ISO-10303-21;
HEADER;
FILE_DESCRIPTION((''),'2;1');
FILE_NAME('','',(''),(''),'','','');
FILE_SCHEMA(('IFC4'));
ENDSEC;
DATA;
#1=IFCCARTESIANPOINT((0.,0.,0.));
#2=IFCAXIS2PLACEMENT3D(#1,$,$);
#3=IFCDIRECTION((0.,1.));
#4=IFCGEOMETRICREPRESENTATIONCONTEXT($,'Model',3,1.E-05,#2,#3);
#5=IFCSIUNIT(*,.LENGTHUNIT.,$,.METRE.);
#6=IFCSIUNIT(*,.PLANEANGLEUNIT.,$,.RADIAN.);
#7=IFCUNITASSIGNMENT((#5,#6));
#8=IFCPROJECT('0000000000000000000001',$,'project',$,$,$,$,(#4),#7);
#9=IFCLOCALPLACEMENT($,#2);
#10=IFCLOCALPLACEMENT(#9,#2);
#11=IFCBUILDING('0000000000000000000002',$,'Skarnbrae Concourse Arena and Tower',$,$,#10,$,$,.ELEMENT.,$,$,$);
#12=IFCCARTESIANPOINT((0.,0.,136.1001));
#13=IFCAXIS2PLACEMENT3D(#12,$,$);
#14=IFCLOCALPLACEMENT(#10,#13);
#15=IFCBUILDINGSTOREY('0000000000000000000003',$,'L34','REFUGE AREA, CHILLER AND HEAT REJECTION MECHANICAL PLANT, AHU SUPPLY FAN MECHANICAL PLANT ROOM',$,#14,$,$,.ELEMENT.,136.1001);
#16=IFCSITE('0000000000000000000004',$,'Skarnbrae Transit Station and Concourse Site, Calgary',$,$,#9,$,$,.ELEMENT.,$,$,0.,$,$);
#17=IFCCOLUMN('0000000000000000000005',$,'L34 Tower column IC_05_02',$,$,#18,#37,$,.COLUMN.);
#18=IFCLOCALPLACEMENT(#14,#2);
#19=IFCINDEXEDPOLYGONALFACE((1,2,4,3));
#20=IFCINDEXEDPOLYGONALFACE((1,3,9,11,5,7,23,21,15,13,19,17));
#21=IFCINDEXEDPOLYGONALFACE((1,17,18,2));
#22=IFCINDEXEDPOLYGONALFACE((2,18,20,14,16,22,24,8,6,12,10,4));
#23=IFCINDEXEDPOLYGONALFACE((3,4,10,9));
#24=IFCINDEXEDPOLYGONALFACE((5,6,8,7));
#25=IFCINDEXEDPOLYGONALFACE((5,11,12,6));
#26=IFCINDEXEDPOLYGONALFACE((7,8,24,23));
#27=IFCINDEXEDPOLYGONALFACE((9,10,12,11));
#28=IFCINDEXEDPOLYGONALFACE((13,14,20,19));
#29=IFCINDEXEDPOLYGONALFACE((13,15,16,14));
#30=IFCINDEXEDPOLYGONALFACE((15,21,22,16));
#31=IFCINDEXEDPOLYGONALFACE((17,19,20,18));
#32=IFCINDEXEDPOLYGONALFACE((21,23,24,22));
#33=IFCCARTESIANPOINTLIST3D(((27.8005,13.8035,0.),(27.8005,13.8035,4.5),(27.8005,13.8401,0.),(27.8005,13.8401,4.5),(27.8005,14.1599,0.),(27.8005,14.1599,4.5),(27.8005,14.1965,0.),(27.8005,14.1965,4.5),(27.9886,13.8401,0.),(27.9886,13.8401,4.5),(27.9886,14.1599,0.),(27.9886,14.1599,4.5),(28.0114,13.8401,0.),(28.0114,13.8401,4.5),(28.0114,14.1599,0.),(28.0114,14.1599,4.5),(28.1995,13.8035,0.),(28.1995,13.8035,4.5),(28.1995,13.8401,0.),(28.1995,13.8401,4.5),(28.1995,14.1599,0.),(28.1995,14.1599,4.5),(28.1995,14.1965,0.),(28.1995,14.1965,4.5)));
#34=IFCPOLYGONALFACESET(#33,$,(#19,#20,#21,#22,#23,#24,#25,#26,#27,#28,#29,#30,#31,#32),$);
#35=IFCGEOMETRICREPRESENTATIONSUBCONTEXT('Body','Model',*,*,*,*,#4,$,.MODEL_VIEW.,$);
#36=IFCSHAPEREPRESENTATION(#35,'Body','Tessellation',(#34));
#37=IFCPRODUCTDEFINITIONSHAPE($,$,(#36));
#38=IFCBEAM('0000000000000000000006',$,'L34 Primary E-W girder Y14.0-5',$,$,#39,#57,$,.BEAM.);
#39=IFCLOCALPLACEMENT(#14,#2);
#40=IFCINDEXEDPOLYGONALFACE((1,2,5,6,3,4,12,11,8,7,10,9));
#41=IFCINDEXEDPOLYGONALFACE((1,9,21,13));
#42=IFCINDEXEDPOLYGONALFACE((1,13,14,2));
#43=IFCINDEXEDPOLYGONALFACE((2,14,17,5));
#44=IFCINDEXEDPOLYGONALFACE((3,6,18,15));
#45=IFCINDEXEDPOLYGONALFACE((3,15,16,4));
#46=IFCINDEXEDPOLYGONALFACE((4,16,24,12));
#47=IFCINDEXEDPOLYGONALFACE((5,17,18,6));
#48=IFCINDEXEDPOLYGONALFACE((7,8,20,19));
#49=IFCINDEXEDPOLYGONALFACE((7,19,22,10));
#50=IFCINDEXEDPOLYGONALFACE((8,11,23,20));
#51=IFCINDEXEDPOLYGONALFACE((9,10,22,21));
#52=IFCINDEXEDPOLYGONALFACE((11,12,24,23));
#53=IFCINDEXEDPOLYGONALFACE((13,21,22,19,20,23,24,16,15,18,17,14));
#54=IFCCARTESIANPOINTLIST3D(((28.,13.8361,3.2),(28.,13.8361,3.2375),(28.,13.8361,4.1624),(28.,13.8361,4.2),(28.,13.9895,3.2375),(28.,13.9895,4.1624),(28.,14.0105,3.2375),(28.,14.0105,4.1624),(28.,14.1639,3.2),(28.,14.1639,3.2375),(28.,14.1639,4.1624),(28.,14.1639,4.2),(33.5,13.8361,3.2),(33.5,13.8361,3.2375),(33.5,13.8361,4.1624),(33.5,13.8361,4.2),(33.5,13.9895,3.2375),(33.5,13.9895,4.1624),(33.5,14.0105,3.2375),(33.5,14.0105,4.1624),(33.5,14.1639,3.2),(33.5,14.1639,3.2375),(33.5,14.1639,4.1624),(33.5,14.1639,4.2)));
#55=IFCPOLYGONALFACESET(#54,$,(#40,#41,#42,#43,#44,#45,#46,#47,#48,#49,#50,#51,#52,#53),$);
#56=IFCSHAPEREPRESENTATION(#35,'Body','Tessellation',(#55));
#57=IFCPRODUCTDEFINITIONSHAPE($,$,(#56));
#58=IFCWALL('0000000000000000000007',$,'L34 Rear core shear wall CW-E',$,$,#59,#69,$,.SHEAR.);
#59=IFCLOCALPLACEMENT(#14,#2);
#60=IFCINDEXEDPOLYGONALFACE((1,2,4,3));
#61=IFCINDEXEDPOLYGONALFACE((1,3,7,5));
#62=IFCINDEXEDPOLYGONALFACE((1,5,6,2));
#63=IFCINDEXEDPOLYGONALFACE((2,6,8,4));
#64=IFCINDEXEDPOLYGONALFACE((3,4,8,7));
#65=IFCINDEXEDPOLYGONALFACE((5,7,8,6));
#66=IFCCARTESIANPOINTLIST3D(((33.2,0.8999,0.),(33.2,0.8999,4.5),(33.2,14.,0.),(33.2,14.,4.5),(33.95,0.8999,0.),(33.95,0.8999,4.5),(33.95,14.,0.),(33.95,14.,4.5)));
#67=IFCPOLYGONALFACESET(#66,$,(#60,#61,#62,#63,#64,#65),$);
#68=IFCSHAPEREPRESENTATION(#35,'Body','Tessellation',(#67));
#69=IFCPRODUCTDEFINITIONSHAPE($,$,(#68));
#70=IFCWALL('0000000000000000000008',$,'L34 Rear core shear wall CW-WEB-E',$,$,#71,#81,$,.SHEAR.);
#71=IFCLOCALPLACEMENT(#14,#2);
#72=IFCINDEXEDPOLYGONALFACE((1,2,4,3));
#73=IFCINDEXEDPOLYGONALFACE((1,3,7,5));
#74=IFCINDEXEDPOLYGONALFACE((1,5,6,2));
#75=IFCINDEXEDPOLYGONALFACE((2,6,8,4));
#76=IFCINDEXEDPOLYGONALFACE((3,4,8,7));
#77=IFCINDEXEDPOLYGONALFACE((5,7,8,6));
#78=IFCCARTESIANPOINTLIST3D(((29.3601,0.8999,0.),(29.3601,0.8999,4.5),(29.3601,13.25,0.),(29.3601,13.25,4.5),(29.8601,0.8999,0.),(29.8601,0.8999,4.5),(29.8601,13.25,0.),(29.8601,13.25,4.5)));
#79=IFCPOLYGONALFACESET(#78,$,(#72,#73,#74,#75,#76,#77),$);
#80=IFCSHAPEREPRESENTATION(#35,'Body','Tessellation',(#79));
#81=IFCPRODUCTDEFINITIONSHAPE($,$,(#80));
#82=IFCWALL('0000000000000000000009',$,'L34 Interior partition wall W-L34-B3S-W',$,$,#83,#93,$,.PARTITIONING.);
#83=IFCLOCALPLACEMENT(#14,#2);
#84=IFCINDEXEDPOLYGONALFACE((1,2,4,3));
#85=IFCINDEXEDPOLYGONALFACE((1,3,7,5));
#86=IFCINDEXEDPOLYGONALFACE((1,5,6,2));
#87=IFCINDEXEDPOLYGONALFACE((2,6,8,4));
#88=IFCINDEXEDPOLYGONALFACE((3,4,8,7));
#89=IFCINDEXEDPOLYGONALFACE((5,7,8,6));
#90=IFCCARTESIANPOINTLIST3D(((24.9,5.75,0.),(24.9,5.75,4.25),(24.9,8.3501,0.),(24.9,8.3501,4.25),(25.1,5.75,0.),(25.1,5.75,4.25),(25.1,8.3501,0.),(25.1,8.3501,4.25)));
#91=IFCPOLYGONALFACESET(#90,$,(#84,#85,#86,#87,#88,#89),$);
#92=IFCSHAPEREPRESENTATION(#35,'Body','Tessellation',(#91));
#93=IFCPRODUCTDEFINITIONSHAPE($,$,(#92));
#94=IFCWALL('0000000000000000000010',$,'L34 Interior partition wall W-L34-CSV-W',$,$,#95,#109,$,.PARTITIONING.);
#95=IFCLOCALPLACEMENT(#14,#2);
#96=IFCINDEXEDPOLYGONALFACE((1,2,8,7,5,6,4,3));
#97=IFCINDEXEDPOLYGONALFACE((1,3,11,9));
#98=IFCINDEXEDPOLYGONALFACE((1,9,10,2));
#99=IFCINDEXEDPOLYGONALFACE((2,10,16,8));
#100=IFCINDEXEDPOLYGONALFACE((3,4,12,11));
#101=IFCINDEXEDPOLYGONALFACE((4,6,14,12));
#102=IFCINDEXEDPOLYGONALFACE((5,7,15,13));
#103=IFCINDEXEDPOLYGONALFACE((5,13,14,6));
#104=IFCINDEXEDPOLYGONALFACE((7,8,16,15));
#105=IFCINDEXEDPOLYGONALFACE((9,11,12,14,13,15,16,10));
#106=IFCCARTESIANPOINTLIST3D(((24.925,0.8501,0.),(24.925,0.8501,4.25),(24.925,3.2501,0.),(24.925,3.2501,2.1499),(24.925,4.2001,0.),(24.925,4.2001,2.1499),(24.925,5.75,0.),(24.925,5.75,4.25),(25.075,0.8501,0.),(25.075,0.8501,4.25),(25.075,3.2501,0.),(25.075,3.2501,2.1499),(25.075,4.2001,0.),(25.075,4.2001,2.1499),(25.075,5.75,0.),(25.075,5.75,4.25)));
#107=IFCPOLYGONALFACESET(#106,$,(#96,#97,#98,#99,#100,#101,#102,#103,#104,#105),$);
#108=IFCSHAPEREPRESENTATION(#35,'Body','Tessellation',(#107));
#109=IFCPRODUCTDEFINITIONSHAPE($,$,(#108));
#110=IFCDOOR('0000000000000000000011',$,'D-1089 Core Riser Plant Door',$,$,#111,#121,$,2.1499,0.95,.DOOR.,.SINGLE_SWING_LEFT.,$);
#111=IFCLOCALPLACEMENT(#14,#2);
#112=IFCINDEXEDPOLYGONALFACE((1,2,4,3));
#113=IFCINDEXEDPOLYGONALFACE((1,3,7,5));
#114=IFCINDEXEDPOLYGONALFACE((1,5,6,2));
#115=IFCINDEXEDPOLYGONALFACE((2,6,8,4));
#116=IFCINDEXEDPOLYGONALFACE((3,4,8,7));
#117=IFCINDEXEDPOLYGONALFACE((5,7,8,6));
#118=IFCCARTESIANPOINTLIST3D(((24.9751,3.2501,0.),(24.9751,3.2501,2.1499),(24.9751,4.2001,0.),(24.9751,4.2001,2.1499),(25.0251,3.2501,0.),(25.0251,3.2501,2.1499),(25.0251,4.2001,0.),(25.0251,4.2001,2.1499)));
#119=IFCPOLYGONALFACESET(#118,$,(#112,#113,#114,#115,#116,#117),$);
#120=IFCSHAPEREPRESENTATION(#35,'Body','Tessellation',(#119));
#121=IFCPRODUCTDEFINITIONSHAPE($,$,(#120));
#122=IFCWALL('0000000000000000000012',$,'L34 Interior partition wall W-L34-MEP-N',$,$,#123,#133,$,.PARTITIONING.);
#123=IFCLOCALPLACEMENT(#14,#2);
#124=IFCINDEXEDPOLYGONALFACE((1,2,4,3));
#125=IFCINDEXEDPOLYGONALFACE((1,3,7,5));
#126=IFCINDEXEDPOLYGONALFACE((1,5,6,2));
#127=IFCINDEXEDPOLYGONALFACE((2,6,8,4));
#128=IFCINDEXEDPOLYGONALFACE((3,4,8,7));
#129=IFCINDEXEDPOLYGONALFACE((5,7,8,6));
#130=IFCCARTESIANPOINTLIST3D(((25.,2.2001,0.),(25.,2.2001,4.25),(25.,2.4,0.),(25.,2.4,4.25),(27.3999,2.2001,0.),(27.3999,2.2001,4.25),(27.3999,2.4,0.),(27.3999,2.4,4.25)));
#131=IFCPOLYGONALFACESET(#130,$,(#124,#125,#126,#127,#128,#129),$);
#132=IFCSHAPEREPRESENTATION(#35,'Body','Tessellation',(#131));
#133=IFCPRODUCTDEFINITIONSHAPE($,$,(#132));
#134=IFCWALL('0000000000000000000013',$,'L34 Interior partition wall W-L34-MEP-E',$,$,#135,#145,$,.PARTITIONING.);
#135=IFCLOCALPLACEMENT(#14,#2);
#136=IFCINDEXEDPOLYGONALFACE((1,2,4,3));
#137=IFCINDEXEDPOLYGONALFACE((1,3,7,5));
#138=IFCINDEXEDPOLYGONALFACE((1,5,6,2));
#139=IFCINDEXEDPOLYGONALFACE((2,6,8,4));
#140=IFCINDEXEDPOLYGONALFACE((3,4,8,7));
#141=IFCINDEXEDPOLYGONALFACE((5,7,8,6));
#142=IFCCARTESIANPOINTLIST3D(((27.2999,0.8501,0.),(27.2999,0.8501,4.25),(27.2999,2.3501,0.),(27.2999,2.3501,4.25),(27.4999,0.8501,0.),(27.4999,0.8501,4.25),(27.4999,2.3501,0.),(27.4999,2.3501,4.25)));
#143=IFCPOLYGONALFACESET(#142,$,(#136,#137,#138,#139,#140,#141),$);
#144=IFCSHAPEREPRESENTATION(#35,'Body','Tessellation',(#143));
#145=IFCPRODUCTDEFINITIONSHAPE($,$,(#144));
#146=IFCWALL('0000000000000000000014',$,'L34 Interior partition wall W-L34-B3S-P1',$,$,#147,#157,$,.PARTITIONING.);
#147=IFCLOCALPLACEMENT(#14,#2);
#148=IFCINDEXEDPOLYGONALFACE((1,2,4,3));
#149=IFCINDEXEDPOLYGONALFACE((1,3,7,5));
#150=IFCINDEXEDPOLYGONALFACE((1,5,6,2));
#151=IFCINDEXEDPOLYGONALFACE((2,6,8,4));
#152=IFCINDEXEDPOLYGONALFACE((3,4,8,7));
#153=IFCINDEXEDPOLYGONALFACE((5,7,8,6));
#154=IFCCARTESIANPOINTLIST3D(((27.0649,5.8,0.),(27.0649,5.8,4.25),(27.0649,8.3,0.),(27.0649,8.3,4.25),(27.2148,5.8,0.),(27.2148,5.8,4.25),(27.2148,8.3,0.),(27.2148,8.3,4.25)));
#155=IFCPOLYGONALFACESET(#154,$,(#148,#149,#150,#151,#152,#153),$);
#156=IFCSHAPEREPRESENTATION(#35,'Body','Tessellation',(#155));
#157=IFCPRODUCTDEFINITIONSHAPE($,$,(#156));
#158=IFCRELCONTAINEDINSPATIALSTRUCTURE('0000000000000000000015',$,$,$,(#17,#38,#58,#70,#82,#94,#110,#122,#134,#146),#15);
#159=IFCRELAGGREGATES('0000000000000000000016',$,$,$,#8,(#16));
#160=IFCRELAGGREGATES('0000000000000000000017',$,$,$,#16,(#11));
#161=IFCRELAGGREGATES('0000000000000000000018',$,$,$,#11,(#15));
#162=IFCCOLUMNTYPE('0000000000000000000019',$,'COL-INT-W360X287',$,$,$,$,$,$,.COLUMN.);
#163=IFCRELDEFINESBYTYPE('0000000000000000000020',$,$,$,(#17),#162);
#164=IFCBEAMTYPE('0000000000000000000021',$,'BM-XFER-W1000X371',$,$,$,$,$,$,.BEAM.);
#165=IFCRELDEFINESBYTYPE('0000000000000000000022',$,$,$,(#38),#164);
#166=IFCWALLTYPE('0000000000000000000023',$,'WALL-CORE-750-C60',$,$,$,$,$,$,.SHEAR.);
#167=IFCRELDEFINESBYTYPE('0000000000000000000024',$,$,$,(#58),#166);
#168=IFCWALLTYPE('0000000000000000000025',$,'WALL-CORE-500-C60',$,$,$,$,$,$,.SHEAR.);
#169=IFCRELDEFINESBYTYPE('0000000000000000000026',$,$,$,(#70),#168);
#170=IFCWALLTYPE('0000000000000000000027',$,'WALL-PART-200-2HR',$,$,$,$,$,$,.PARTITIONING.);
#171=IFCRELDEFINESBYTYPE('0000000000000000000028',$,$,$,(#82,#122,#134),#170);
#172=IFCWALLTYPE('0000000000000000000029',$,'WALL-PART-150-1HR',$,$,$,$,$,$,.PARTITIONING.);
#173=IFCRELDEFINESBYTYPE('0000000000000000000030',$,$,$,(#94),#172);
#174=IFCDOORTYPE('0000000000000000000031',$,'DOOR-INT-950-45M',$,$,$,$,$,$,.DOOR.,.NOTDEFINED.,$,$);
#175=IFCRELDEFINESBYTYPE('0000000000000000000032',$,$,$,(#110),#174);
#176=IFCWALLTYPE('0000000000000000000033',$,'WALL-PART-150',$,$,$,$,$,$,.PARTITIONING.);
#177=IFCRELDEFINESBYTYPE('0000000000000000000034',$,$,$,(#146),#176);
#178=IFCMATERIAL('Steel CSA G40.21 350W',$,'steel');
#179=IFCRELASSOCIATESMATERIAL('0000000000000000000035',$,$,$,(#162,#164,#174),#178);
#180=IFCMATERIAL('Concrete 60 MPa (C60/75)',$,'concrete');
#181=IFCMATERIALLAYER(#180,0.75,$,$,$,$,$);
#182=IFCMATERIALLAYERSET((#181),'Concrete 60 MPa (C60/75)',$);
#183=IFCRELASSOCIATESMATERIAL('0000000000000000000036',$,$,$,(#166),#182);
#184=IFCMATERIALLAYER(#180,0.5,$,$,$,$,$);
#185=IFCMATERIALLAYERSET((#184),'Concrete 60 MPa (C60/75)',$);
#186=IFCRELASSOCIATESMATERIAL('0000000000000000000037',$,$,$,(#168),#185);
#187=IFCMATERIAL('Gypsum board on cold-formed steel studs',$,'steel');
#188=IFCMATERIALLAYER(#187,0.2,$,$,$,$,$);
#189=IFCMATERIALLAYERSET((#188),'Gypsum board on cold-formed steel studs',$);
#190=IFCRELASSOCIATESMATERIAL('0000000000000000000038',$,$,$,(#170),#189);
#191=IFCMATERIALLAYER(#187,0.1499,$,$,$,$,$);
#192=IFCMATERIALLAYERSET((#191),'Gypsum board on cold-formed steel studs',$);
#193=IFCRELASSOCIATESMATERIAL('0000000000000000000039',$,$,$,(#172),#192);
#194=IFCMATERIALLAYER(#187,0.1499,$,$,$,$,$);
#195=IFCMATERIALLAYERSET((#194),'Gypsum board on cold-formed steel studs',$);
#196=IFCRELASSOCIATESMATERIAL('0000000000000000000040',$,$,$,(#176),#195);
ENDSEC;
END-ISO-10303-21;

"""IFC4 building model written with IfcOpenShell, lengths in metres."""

from ifc_helpers import new_model, si_unit, direction, frame, frame_2d, origin, origin_2d, place, context, subcontext, project, spatial, rectangle, i_section, extrude, source, transform, mapped, material, layer, layer_set, material_profile, profile_set, type_object, element, fill, save


model = new_model("IFC4")

# Units and contexts
model_context = context("Model", 3, precision=1e-05, world=origin(), true_north=direction((0.0, 1.0)))
body_context = subcontext(model_context, "Body", "Model", "MODEL_VIEW")
ifc_project = project(units=[si_unit("LENGTHUNIT", "METRE"), si_unit("PLANEANGLEUNIT", "RADIAN")], contexts=[model_context])

# Site, building, storey
site_placement = place(None, origin())
site = spatial("IfcSite", under=ifc_project, at=site_placement, Name="Skarnbrae Transit Station and Concourse Site, Calgary", CompositionType="ELEMENT", RefElevation=0.0)
building_placement = place(site_placement, origin())
building = spatial("IfcBuilding", under=site, at=building_placement, Name="Skarnbrae Concourse Arena and Tower", CompositionType="ELEMENT")
storey_placement = place(building_placement, frame((0.0, 0.0, 136.1001)))
storey = spatial("IfcBuildingStorey", under=building, at=storey_placement, Name="L34", Description="REFUGE AREA, CHILLER AND HEAT REJECTION MECHANICAL PLANT, AHU SUPPLY FAN MECHANICAL PLANT ROOM", CompositionType="ELEMENT", Elevation=136.1001)

# Column
ifc_material_1 = material(Name="Steel CSA G40.21 350W", Category="steel")
ifc_material_profile_1 = material_profile(ifc_material_1, i_section(OverallWidth=0.3989, OverallDepth=0.3931, WebThickness=0.0227, FlangeThickness=0.0366, at=origin_2d()), Name="W360X287")
ifc_profile_set_1 = profile_set([ifc_material_profile_1], Name="Steel CSA G40.21 350W")
column_type = type_object("IfcColumnType", Name="COL-INT-W360X287", PredefinedType="COLUMN", material=ifc_profile_set_1)
shared_shape_1 = source(origin(), body_context, "Body", "SweptSolid", [
    extrude(i_section(OverallWidth=0.3989, OverallDepth=0.3931, WebThickness=0.0227, FlangeThickness=0.0366, at=origin_2d()), origin(), (0.0, 0.0, 1.0), 4.5),
])
column_placement = place(storey_placement, frame((28.0, 14.0, 0.0), z_axis=(0.0, 0.0, 1.0), x_axis=(1.0, 0.0, 0.0)))
element("IfcColumn", 1, at=column_placement, inside=storey, type_object=column_type, Name="L34 Tower column IC_05_02", PredefinedType="COLUMN", context=body_context, shape_type="MappedRepresentation", body=[
    mapped(shared_shape_1, transform((0.0, 0.0, 0.0))),
])

# Beam
ifc_material_profile_2 = material_profile(ifc_material_1, i_section(OverallWidth=0.3279, OverallDepth=1.0, WebThickness=0.021, FlangeThickness=0.0376, at=origin_2d()), Name="W1000X371")
ifc_profile_set_2 = profile_set([ifc_material_profile_2], Name="Steel CSA G40.21 350W")
beam_type = type_object("IfcBeamType", Name="BM-XFER-W1000X371", PredefinedType="BEAM", material=ifc_profile_set_2)
shared_shape_2 = source(origin(), body_context, "Body", "SweptSolid", [
    extrude(i_section(OverallWidth=0.3279, OverallDepth=1.0, WebThickness=0.021, FlangeThickness=0.0376, at=origin_2d()), origin(), (0.0, 0.0, 1.0), 5.5),
])
beam_placement = place(storey_placement, frame((28.0, 14.0, 3.7), z_axis=(1.0, 0.0, 0.0), x_axis=(0.0, 1.0, 0.0)))
element("IfcBeam", 2, at=beam_placement, inside=storey, type_object=beam_type, Name="L34 Primary E-W girder Y14.0-5", PredefinedType="BEAM", context=body_context, shape_type="MappedRepresentation", body=[
    mapped(shared_shape_2, transform((0.0, 0.0, 0.0))),
])

# Walls
ifc_material_2 = material(Name="Concrete 60 MPa (C60/75)", Category="concrete")
ifc_layer_1 = layer(ifc_material_2, 0.75)
ifc_layer_set_1 = layer_set([ifc_layer_1], Name="Concrete 60 MPa (C60/75)")
wall_type_1 = type_object("IfcWallType", Name="WALL-CORE-750-C60", PredefinedType="SHEAR", material=ifc_layer_set_1)
shared_shape_3 = source(origin(), body_context, "Body", "SweptSolid", [
    extrude(rectangle(XDim=13.1001, YDim=0.75, at=frame_2d((6.55, 0.0))), origin(), (0.0, 0.0, 1.0), 4.5),
])
wall_1_placement = place(storey_placement, frame((33.575, 0.8999, 0.0), z_axis=(0.0, 0.0, 1.0), x_axis=(0.0, 1.0, 0.0)))
element("IfcWall", 3, at=wall_1_placement, inside=storey, type_object=wall_type_1, Name="L34 Rear core shear wall CW-E", PredefinedType="SHEAR", context=body_context, shape_type="MappedRepresentation", body=[
    mapped(shared_shape_3, transform((0.0, 0.0, 0.0))),
])
ifc_layer_2 = layer(ifc_material_2, 0.5)
ifc_layer_set_2 = layer_set([ifc_layer_2], Name="Concrete 60 MPa (C60/75)")
wall_type_2 = type_object("IfcWallType", Name="WALL-CORE-500-C60", PredefinedType="SHEAR", material=ifc_layer_set_2)
shared_shape_4 = source(origin(), body_context, "Body", "SweptSolid", [
    extrude(rectangle(XDim=12.3501, YDim=0.5, at=frame_2d((6.175, 0.0))), origin(), (0.0, 0.0, 1.0), 4.5),
])
wall_2_placement = place(storey_placement, frame((29.6101, 0.8999, 0.0), z_axis=(0.0, 0.0, 1.0), x_axis=(0.0, 1.0, 0.0)))
element("IfcWall", 4, at=wall_2_placement, inside=storey, type_object=wall_type_2, Name="L34 Rear core shear wall CW-WEB-E", PredefinedType="SHEAR", context=body_context, shape_type="MappedRepresentation", body=[
    mapped(shared_shape_4, transform((0.0, 0.0, 0.0))),
])

# Wall
ifc_material_3 = material(Name="Gypsum board on cold-formed steel studs", Category="steel")
ifc_layer_3 = layer(ifc_material_3, 0.2)
ifc_layer_set_3 = layer_set([ifc_layer_3], Name="Gypsum board on cold-formed steel studs")
wall_type_3 = type_object("IfcWallType", Name="WALL-PART-200-2HR", PredefinedType="PARTITIONING", material=ifc_layer_set_3)
shared_shape_5 = source(origin(), body_context, "Body", "SweptSolid", [
    extrude(rectangle(XDim=2.6001, YDim=0.2, at=frame_2d((1.3, 0.0))), origin(), (0.0, 0.0, 1.0), 4.25),
])
wall_3_placement = place(storey_placement, frame((25.0, 5.75, 0.0), z_axis=(0.0, 0.0, 1.0), x_axis=(0.0, 1.0, 0.0)))
element("IfcWall", 5, at=wall_3_placement, inside=storey, type_object=wall_type_3, Name="L34 Interior partition wall W-L34-B3S-W", PredefinedType="PARTITIONING", context=body_context, shape_type="MappedRepresentation", body=[
    mapped(shared_shape_5, transform((0.0, 0.0, 0.0))),
])

# Wall, opening, door
ifc_layer_4 = layer(ifc_material_3, 0.1499)
ifc_layer_set_4 = layer_set([ifc_layer_4], Name="Gypsum board on cold-formed steel studs")
wall_type_4 = type_object("IfcWallType", Name="WALL-PART-150-1HR", PredefinedType="PARTITIONING", material=ifc_layer_set_4)
shared_shape_6 = source(origin(), body_context, "Body", "SweptSolid", [
    extrude(rectangle(XDim=4.8999, YDim=0.1499, at=frame_2d((2.45, 0.0))), origin(), (0.0, 0.0, 1.0), 4.25),
])
wall_4_placement = place(storey_placement, frame((25.0, 0.8501, 0.0), z_axis=(0.0, 0.0, 1.0), x_axis=(0.0, 1.0, 0.0)))
wall_4 = element("IfcWall", 6, at=wall_4_placement, inside=storey, type_object=wall_type_4, Name="L34 Interior partition wall W-L34-CSV-W", PredefinedType="PARTITIONING", context=body_context, shape_type="MappedRepresentation", body=[
    mapped(shared_shape_6, transform((0.0, 0.0, 0.0))),
])
opening_1_placement = place(wall_4_placement, frame((2.3999, 0.0, 0.0)))
opening_1 = element("IfcOpeningElement", 7, at=opening_1_placement, cuts=wall_4, PredefinedType="OPENING", context=body_context, shape_type="SweptSolid", body=[
    extrude(rectangle(XDim=0.95, YDim=2.1499, at=frame_2d((0.4751, 1.075))), frame((0.0, 0.085, 0.0), z_axis=(0.0, -1.0, 0.0), x_axis=(1.0, 0.0, 0.0)), (0.0, 0.0, 1.0), 0.1699),
])
door_type_1 = type_object("IfcDoorType", Name="DOOR-INT-950-45M", OperationType="NOTDEFINED", PredefinedType="DOOR", material=ifc_material_1)
shared_shape_7 = source(origin(), body_context, "Body", "SweptSolid", [
    extrude(rectangle(XDim=0.95, YDim=2.1499, at=frame_2d((0.4751, 1.075))), frame((0.0, 0.0249, 0.0), z_axis=(0.0, -1.0, 0.0), x_axis=(1.0, 0.0, 0.0)), (0.0, 0.0, 1.0), 0.05),
])
door_1_placement = place(opening_1_placement, origin())
door_1 = element("IfcDoor", 8, at=door_1_placement, inside=storey, type_object=door_type_1, Name="D-1089 Core Riser Plant Door", OperationType="SINGLE_SWING_LEFT", OverallHeight=2.1499, OverallWidth=0.95, PredefinedType="DOOR", context=body_context, shape_type="MappedRepresentation", body=[
    mapped(shared_shape_7, transform((0.0, 0.0, 0.0))),
])
fill(opening_1, door_1)

# Walls
shared_shape_8 = source(origin(), body_context, "Body", "SweptSolid", [
    extrude(rectangle(XDim=2.3999, YDim=0.2, at=frame_2d((1.2, 0.0))), origin(), (0.0, 0.0, 1.0), 4.25),
])
wall_5_placement = place(storey_placement, frame((25.0, 2.3, 0.0), z_axis=(0.0, 0.0, 1.0), x_axis=(1.0, 0.0, 0.0)))
element("IfcWall", 9, at=wall_5_placement, inside=storey, type_object=wall_type_3, Name="L34 Interior partition wall W-L34-MEP-N", PredefinedType="PARTITIONING", context=body_context, shape_type="MappedRepresentation", body=[
    mapped(shared_shape_8, transform((0.0, 0.0, 0.0))),
])
shared_shape_9 = source(origin(), body_context, "Body", "SweptSolid", [
    extrude(rectangle(XDim=1.5, YDim=0.2, at=frame_2d((0.75, 0.0))), origin(), (0.0, 0.0, 1.0), 4.25),
])
wall_6_placement = place(storey_placement, frame((27.3999, 0.8501, 0.0), z_axis=(0.0, 0.0, 1.0), x_axis=(0.0, 1.0, 0.0)))
element("IfcWall", 10, at=wall_6_placement, inside=storey, type_object=wall_type_3, Name="L34 Interior partition wall W-L34-MEP-E", PredefinedType="PARTITIONING", context=body_context, shape_type="MappedRepresentation", body=[
    mapped(shared_shape_9, transform((0.0, 0.0, 0.0))),
])
ifc_layer_5 = layer(ifc_material_3, 0.1499)
ifc_layer_set_5 = layer_set([ifc_layer_5], Name="Gypsum board on cold-formed steel studs")
wall_type_5 = type_object("IfcWallType", Name="WALL-PART-150", PredefinedType="PARTITIONING", material=ifc_layer_set_5)
shared_shape_10 = source(origin(), body_context, "Body", "SweptSolid", [
    extrude(rectangle(XDim=2.5, YDim=0.1499, at=frame_2d((1.25, 0.0))), origin(), (0.0, 0.0, 1.0), 4.25),
])
wall_7_placement = place(storey_placement, frame((27.1399, 5.8, 0.0), z_axis=(0.0, 0.0, 1.0), x_axis=(0.0, 1.0, 0.0)))
element("IfcWall", 11, at=wall_7_placement, inside=storey, type_object=wall_type_5, Name="L34 Interior partition wall W-L34-B3S-P1", PredefinedType="PARTITIONING", context=body_context, shape_type="MappedRepresentation", body=[
    mapped(shared_shape_10, transform((0.0, 0.0, 0.0))),
])

save(model, "model.ifc")
